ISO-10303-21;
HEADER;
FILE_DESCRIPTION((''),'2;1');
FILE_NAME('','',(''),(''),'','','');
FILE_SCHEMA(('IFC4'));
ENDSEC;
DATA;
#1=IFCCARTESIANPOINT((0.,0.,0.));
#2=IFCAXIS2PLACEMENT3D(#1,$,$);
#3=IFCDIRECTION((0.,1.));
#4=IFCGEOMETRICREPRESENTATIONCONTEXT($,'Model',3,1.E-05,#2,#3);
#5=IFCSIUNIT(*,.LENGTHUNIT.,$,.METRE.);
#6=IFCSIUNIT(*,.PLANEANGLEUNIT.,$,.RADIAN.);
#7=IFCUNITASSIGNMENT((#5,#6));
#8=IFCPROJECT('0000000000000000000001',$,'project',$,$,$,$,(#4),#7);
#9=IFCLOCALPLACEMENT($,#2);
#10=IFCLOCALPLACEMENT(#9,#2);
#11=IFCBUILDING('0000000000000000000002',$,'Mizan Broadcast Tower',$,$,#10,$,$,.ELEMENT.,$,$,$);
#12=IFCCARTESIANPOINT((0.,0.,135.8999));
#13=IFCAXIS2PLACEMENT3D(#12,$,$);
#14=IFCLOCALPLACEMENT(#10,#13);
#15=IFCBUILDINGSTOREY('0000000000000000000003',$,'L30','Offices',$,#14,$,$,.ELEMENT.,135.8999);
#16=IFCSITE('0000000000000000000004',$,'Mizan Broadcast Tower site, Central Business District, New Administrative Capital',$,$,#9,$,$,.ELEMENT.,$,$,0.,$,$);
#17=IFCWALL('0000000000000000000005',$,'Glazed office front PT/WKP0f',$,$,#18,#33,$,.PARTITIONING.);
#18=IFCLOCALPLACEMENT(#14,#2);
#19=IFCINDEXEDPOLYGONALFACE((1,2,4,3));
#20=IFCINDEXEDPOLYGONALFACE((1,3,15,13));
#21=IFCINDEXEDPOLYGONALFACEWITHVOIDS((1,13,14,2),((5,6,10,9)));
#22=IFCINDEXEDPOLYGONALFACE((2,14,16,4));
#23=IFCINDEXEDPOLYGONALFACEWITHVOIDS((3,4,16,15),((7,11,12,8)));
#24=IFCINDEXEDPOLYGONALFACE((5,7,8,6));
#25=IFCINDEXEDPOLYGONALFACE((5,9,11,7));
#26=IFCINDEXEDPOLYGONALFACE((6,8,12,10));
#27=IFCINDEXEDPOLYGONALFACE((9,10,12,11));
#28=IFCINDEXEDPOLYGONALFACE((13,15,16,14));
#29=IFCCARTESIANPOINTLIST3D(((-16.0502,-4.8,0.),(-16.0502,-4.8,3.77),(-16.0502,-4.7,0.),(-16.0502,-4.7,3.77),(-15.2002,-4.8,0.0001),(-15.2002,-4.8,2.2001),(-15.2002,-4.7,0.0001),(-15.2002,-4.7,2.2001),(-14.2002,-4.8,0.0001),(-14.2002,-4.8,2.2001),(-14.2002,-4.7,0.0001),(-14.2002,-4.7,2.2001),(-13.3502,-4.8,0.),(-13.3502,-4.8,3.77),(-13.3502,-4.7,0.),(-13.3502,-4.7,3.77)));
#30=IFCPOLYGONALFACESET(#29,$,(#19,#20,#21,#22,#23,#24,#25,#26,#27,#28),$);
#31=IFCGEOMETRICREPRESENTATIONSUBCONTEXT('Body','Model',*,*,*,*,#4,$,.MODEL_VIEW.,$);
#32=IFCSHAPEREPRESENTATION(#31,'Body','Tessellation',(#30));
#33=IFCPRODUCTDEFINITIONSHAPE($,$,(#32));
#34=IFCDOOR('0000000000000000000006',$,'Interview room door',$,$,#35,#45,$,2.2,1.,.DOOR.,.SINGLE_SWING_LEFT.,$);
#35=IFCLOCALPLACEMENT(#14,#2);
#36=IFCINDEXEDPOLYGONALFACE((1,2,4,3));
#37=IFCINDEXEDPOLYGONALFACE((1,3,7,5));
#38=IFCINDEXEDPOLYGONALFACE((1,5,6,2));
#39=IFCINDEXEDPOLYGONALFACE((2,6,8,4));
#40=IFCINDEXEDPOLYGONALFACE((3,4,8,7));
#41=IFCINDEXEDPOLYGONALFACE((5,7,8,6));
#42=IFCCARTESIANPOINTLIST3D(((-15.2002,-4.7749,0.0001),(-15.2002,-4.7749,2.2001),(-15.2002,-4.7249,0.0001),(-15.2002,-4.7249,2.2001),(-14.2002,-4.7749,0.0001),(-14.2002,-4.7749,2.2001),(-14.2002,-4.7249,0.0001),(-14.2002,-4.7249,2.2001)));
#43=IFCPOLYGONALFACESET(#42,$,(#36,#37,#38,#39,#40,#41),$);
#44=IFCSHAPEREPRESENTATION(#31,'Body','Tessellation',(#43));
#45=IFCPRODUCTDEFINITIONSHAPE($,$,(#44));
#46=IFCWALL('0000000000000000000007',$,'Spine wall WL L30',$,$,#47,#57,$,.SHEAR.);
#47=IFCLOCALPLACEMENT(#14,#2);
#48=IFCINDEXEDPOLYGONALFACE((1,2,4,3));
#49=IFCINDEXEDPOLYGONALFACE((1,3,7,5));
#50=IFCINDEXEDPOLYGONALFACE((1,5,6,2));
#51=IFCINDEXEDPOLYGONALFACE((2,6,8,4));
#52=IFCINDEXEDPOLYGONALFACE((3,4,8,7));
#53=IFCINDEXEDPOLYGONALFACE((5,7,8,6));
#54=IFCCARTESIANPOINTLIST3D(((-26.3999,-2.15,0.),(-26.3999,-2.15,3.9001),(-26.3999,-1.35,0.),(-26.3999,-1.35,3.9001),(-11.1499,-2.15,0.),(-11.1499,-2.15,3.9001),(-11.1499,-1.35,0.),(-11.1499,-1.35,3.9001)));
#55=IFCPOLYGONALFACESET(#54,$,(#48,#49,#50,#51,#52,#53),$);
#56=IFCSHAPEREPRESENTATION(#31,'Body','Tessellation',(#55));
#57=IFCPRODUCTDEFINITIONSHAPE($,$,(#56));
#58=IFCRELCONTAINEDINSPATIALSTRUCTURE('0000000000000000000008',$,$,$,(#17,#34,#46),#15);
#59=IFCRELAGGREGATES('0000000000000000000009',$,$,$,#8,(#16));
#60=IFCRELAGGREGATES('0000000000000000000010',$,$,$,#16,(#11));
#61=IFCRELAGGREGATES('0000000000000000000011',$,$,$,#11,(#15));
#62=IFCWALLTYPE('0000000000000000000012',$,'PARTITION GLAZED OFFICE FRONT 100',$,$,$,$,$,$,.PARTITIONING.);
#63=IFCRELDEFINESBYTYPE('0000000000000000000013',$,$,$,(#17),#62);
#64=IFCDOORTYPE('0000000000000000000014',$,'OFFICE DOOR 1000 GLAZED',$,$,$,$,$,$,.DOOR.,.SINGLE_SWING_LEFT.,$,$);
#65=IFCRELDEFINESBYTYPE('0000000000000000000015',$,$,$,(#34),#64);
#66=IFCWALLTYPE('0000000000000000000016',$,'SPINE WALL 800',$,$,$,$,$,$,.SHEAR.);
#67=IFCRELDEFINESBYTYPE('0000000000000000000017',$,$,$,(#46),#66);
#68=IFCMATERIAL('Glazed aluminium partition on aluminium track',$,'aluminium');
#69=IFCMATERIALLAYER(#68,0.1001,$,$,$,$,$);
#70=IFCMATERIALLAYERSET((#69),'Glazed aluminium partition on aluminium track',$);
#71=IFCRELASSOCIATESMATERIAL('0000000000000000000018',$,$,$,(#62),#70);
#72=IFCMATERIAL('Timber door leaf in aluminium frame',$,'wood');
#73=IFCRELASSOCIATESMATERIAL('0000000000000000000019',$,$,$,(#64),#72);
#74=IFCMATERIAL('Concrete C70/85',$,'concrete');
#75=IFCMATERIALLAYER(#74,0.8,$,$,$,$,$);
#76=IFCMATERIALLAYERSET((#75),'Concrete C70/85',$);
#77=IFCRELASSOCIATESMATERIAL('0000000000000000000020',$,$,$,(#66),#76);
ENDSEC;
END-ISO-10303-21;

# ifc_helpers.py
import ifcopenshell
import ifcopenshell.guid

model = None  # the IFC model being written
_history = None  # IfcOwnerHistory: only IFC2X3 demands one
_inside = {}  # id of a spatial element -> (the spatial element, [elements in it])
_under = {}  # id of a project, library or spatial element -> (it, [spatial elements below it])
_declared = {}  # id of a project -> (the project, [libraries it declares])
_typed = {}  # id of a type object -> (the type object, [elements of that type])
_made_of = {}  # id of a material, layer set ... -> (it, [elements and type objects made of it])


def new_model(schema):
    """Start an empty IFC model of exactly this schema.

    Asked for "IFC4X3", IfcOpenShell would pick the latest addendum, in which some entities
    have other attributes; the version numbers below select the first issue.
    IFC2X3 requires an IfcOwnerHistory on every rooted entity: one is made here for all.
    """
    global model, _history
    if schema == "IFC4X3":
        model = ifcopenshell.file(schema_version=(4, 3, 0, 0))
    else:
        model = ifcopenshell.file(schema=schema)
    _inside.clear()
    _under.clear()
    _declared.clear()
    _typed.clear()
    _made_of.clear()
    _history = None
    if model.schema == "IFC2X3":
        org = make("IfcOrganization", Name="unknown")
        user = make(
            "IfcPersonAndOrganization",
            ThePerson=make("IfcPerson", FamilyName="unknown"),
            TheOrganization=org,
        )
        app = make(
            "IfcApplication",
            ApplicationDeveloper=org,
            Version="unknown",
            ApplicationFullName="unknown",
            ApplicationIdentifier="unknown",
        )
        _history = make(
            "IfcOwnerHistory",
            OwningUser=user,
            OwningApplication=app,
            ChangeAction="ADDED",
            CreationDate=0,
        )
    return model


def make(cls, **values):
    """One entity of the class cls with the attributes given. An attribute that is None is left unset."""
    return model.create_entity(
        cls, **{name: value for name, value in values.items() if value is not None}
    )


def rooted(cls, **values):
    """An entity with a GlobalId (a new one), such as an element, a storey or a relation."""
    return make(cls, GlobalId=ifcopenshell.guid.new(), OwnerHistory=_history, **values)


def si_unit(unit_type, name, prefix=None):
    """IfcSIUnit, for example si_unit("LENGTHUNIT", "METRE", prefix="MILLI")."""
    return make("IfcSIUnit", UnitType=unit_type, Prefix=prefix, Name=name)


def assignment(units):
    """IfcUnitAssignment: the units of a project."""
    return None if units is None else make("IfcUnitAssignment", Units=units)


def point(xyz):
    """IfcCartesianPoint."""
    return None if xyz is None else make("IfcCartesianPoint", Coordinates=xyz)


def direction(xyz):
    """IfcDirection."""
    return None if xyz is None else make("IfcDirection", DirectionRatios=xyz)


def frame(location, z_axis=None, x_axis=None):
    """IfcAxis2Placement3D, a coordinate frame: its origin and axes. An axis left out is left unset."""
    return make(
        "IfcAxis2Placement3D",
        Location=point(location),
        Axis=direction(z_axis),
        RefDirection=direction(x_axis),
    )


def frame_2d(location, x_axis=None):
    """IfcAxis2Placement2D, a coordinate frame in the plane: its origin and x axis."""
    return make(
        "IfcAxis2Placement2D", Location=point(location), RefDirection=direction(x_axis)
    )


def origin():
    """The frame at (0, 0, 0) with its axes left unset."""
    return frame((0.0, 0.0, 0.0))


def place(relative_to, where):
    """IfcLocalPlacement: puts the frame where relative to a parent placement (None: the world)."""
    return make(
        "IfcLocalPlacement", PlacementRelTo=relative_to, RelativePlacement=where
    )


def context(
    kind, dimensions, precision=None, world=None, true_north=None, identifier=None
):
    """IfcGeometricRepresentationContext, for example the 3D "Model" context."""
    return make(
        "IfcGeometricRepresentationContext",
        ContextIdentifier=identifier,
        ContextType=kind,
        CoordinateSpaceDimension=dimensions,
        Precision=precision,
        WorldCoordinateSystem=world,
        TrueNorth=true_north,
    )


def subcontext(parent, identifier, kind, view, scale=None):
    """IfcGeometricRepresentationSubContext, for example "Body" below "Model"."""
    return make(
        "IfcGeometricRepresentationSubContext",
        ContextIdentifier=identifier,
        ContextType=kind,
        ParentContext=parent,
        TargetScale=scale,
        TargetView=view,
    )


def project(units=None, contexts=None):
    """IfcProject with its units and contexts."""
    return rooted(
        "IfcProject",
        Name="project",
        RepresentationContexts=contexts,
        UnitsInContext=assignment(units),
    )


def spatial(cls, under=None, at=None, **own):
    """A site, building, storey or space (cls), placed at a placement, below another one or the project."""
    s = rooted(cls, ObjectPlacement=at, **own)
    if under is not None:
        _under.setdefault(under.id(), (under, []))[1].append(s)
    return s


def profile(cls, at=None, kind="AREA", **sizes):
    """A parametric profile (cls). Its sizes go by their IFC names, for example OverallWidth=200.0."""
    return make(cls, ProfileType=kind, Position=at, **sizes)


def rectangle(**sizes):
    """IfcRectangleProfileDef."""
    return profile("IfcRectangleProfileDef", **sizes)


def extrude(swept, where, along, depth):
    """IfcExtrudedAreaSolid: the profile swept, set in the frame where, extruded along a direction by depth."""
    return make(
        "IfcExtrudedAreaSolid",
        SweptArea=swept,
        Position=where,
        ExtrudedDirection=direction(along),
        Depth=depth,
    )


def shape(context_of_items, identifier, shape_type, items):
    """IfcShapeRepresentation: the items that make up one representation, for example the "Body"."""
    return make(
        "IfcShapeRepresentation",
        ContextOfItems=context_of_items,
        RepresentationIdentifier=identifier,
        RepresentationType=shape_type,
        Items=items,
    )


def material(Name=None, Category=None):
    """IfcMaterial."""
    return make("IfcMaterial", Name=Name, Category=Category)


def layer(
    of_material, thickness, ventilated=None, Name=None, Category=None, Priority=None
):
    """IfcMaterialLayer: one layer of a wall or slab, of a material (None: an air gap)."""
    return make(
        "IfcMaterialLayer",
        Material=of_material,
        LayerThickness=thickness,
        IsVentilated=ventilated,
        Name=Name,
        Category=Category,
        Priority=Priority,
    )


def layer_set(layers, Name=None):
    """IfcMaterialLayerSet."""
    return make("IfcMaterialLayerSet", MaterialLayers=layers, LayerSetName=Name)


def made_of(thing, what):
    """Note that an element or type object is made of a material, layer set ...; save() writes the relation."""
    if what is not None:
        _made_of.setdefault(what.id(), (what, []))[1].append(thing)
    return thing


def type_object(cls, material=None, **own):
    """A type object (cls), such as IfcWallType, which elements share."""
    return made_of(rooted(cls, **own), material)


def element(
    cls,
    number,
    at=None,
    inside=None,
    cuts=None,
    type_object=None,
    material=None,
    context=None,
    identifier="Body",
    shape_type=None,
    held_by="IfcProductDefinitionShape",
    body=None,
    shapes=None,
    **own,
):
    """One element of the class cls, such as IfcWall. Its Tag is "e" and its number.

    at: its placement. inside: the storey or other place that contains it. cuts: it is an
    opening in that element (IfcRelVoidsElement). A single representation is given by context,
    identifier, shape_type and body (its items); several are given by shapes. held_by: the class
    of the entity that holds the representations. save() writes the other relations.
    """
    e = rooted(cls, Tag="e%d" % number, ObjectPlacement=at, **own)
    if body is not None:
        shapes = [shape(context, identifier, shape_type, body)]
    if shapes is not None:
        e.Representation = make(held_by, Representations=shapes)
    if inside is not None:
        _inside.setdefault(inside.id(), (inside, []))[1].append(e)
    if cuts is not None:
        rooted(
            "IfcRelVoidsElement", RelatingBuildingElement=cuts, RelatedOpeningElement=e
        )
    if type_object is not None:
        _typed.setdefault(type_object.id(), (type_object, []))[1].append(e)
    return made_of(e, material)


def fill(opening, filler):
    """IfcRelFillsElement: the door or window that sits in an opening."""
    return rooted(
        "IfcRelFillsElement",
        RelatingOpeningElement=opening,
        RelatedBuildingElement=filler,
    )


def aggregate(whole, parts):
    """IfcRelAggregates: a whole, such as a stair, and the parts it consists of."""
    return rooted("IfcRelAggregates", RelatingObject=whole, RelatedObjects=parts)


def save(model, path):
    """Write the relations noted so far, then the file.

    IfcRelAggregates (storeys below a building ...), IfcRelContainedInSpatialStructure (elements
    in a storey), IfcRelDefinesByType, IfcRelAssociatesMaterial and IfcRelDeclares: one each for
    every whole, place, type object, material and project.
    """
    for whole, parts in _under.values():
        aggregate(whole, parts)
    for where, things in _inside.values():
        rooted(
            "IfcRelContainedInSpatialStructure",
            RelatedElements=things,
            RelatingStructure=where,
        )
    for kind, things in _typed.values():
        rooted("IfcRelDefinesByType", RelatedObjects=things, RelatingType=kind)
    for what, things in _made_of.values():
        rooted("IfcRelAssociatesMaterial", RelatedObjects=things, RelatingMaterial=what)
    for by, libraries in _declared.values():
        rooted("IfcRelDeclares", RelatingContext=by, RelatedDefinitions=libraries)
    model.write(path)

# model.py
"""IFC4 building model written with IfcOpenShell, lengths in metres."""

from ifc_helpers import new_model, si_unit, direction, frame, frame_2d, origin, place, context, subcontext, project, spatial, rectangle, extrude, material, layer, layer_set, type_object, element, fill, save


model = new_model("IFC4")

# Units and contexts
model_context = context("Model", 3, precision=1e-05, world=origin(), true_north=direction((0.0, 1.0)))
body_context = subcontext(model_context, "Body", "Model", "MODEL_VIEW")
ifc_project = project(units=[si_unit("LENGTHUNIT", "METRE"), si_unit("PLANEANGLEUNIT", "RADIAN")], contexts=[model_context])

# Site, building, storey
site_placement = place(None, origin())
site = spatial("IfcSite", under=ifc_project, at=site_placement, Name="Mizan Broadcast Tower site, Central Business District, New Administrative Capital", CompositionType="ELEMENT", RefElevation=0.0)
building_placement = place(site_placement, origin())
building = spatial("IfcBuilding", under=site, at=building_placement, Name="Mizan Broadcast Tower", CompositionType="ELEMENT")
storey_placement = place(building_placement, frame((0.0, 0.0, 135.8999)))
storey = spatial("IfcBuildingStorey", under=building, at=storey_placement, Name="L30", Description="Offices", CompositionType="ELEMENT", Elevation=135.8999)

# Shared definitions
ifc_material_1 = material(Name="Glazed aluminium partition on aluminium track", Category="aluminium")
ifc_layer_1 = layer(ifc_material_1, 0.1001)
ifc_layer_set_1 = layer_set([ifc_layer_1], Name="Glazed aluminium partition on aluminium track")
wall_type_1 = type_object("IfcWallType", Name="PARTITION GLAZED OFFICE FRONT 100", PredefinedType="PARTITIONING", material=ifc_layer_set_1)

# Wall, opening, door
wall_1_placement = place(storey_placement, frame((-13.3501, -4.75, 0.0), z_axis=(0.0, 0.0, 1.0), x_axis=(-1.0, 0.0, 0.0)))
wall_1 = element("IfcWall", 1, at=wall_1_placement, inside=storey, type_object=wall_type_1, Name="Glazed office front PT/WKP0f", PredefinedType="PARTITIONING", context=body_context, shape_type="SweptSolid", body=[
    extrude(rectangle(XDim=2.7, YDim=0.1001, at=frame_2d((1.3501, 0.0))), origin(), (0.0, 0.0, 1.0), 3.77),
])
opening_1_placement = place(wall_1_placement, frame((0.8501, 0.0, 0.0)))
opening_1 = element("IfcOpeningElement", 2, at=opening_1_placement, cuts=wall_1, PredefinedType="OPENING", context=body_context, shape_type="SweptSolid", body=[
    extrude(rectangle(XDim=1.0, YDim=2.2, at=frame_2d((0.5, 1.1001))), frame((0.0, 0.0601, 0.0), z_axis=(0.0, -1.0, 0.0), x_axis=(1.0, 0.0, 0.0)), (0.0, 0.0, 1.0), 0.1201),
])
ifc_material_2 = material(Name="Timber door leaf in aluminium frame", Category="wood")
door_type_1 = type_object("IfcDoorType", Name="OFFICE DOOR 1000 GLAZED", OperationType="SINGLE_SWING_LEFT", PredefinedType="DOOR", material=ifc_material_2)
door_1_placement = place(opening_1_placement, origin())
door_1 = element("IfcDoor", 3, at=door_1_placement, inside=storey, type_object=door_type_1, Name="Interview room door", OperationType="SINGLE_SWING_LEFT", OverallHeight=2.2, OverallWidth=1.0, PredefinedType="DOOR", context=body_context, shape_type="SweptSolid", body=[
    extrude(rectangle(XDim=1.0, YDim=2.2, at=frame_2d((0.5, 1.1001))), frame((0.0, 0.0249, 0.0), z_axis=(0.0, -1.0, 0.0), x_axis=(1.0, 0.0, 0.0)), (0.0, 0.0, 1.0), 0.05),
])
fill(opening_1, door_1)

# Wall
ifc_material_3 = material(Name="Concrete C70/85", Category="concrete")
ifc_layer_2 = layer(ifc_material_3, 0.8)
ifc_layer_set_2 = layer_set([ifc_layer_2], Name="Concrete C70/85")
wall_type_2 = type_object("IfcWallType", Name="SPINE WALL 800", PredefinedType="SHEAR", material=ifc_layer_set_2)
wall_2_placement = place(storey_placement, frame((-11.1499, -1.75, 0.0), z_axis=(0.0, 0.0, 1.0), x_axis=(-1.0, 0.0, 0.0)))
element("IfcWall", 4, at=wall_2_placement, inside=storey, type_object=wall_type_2, Name="Spine wall WL L30", PredefinedType="SHEAR", context=body_context, shape_type="SweptSolid", body=[
    extrude(rectangle(XDim=15.25, YDim=0.8, at=frame_2d((7.625, 0.0))), origin(), (0.0, 0.0, 1.0), 3.9001),
])

save(model, "model.ifc")
